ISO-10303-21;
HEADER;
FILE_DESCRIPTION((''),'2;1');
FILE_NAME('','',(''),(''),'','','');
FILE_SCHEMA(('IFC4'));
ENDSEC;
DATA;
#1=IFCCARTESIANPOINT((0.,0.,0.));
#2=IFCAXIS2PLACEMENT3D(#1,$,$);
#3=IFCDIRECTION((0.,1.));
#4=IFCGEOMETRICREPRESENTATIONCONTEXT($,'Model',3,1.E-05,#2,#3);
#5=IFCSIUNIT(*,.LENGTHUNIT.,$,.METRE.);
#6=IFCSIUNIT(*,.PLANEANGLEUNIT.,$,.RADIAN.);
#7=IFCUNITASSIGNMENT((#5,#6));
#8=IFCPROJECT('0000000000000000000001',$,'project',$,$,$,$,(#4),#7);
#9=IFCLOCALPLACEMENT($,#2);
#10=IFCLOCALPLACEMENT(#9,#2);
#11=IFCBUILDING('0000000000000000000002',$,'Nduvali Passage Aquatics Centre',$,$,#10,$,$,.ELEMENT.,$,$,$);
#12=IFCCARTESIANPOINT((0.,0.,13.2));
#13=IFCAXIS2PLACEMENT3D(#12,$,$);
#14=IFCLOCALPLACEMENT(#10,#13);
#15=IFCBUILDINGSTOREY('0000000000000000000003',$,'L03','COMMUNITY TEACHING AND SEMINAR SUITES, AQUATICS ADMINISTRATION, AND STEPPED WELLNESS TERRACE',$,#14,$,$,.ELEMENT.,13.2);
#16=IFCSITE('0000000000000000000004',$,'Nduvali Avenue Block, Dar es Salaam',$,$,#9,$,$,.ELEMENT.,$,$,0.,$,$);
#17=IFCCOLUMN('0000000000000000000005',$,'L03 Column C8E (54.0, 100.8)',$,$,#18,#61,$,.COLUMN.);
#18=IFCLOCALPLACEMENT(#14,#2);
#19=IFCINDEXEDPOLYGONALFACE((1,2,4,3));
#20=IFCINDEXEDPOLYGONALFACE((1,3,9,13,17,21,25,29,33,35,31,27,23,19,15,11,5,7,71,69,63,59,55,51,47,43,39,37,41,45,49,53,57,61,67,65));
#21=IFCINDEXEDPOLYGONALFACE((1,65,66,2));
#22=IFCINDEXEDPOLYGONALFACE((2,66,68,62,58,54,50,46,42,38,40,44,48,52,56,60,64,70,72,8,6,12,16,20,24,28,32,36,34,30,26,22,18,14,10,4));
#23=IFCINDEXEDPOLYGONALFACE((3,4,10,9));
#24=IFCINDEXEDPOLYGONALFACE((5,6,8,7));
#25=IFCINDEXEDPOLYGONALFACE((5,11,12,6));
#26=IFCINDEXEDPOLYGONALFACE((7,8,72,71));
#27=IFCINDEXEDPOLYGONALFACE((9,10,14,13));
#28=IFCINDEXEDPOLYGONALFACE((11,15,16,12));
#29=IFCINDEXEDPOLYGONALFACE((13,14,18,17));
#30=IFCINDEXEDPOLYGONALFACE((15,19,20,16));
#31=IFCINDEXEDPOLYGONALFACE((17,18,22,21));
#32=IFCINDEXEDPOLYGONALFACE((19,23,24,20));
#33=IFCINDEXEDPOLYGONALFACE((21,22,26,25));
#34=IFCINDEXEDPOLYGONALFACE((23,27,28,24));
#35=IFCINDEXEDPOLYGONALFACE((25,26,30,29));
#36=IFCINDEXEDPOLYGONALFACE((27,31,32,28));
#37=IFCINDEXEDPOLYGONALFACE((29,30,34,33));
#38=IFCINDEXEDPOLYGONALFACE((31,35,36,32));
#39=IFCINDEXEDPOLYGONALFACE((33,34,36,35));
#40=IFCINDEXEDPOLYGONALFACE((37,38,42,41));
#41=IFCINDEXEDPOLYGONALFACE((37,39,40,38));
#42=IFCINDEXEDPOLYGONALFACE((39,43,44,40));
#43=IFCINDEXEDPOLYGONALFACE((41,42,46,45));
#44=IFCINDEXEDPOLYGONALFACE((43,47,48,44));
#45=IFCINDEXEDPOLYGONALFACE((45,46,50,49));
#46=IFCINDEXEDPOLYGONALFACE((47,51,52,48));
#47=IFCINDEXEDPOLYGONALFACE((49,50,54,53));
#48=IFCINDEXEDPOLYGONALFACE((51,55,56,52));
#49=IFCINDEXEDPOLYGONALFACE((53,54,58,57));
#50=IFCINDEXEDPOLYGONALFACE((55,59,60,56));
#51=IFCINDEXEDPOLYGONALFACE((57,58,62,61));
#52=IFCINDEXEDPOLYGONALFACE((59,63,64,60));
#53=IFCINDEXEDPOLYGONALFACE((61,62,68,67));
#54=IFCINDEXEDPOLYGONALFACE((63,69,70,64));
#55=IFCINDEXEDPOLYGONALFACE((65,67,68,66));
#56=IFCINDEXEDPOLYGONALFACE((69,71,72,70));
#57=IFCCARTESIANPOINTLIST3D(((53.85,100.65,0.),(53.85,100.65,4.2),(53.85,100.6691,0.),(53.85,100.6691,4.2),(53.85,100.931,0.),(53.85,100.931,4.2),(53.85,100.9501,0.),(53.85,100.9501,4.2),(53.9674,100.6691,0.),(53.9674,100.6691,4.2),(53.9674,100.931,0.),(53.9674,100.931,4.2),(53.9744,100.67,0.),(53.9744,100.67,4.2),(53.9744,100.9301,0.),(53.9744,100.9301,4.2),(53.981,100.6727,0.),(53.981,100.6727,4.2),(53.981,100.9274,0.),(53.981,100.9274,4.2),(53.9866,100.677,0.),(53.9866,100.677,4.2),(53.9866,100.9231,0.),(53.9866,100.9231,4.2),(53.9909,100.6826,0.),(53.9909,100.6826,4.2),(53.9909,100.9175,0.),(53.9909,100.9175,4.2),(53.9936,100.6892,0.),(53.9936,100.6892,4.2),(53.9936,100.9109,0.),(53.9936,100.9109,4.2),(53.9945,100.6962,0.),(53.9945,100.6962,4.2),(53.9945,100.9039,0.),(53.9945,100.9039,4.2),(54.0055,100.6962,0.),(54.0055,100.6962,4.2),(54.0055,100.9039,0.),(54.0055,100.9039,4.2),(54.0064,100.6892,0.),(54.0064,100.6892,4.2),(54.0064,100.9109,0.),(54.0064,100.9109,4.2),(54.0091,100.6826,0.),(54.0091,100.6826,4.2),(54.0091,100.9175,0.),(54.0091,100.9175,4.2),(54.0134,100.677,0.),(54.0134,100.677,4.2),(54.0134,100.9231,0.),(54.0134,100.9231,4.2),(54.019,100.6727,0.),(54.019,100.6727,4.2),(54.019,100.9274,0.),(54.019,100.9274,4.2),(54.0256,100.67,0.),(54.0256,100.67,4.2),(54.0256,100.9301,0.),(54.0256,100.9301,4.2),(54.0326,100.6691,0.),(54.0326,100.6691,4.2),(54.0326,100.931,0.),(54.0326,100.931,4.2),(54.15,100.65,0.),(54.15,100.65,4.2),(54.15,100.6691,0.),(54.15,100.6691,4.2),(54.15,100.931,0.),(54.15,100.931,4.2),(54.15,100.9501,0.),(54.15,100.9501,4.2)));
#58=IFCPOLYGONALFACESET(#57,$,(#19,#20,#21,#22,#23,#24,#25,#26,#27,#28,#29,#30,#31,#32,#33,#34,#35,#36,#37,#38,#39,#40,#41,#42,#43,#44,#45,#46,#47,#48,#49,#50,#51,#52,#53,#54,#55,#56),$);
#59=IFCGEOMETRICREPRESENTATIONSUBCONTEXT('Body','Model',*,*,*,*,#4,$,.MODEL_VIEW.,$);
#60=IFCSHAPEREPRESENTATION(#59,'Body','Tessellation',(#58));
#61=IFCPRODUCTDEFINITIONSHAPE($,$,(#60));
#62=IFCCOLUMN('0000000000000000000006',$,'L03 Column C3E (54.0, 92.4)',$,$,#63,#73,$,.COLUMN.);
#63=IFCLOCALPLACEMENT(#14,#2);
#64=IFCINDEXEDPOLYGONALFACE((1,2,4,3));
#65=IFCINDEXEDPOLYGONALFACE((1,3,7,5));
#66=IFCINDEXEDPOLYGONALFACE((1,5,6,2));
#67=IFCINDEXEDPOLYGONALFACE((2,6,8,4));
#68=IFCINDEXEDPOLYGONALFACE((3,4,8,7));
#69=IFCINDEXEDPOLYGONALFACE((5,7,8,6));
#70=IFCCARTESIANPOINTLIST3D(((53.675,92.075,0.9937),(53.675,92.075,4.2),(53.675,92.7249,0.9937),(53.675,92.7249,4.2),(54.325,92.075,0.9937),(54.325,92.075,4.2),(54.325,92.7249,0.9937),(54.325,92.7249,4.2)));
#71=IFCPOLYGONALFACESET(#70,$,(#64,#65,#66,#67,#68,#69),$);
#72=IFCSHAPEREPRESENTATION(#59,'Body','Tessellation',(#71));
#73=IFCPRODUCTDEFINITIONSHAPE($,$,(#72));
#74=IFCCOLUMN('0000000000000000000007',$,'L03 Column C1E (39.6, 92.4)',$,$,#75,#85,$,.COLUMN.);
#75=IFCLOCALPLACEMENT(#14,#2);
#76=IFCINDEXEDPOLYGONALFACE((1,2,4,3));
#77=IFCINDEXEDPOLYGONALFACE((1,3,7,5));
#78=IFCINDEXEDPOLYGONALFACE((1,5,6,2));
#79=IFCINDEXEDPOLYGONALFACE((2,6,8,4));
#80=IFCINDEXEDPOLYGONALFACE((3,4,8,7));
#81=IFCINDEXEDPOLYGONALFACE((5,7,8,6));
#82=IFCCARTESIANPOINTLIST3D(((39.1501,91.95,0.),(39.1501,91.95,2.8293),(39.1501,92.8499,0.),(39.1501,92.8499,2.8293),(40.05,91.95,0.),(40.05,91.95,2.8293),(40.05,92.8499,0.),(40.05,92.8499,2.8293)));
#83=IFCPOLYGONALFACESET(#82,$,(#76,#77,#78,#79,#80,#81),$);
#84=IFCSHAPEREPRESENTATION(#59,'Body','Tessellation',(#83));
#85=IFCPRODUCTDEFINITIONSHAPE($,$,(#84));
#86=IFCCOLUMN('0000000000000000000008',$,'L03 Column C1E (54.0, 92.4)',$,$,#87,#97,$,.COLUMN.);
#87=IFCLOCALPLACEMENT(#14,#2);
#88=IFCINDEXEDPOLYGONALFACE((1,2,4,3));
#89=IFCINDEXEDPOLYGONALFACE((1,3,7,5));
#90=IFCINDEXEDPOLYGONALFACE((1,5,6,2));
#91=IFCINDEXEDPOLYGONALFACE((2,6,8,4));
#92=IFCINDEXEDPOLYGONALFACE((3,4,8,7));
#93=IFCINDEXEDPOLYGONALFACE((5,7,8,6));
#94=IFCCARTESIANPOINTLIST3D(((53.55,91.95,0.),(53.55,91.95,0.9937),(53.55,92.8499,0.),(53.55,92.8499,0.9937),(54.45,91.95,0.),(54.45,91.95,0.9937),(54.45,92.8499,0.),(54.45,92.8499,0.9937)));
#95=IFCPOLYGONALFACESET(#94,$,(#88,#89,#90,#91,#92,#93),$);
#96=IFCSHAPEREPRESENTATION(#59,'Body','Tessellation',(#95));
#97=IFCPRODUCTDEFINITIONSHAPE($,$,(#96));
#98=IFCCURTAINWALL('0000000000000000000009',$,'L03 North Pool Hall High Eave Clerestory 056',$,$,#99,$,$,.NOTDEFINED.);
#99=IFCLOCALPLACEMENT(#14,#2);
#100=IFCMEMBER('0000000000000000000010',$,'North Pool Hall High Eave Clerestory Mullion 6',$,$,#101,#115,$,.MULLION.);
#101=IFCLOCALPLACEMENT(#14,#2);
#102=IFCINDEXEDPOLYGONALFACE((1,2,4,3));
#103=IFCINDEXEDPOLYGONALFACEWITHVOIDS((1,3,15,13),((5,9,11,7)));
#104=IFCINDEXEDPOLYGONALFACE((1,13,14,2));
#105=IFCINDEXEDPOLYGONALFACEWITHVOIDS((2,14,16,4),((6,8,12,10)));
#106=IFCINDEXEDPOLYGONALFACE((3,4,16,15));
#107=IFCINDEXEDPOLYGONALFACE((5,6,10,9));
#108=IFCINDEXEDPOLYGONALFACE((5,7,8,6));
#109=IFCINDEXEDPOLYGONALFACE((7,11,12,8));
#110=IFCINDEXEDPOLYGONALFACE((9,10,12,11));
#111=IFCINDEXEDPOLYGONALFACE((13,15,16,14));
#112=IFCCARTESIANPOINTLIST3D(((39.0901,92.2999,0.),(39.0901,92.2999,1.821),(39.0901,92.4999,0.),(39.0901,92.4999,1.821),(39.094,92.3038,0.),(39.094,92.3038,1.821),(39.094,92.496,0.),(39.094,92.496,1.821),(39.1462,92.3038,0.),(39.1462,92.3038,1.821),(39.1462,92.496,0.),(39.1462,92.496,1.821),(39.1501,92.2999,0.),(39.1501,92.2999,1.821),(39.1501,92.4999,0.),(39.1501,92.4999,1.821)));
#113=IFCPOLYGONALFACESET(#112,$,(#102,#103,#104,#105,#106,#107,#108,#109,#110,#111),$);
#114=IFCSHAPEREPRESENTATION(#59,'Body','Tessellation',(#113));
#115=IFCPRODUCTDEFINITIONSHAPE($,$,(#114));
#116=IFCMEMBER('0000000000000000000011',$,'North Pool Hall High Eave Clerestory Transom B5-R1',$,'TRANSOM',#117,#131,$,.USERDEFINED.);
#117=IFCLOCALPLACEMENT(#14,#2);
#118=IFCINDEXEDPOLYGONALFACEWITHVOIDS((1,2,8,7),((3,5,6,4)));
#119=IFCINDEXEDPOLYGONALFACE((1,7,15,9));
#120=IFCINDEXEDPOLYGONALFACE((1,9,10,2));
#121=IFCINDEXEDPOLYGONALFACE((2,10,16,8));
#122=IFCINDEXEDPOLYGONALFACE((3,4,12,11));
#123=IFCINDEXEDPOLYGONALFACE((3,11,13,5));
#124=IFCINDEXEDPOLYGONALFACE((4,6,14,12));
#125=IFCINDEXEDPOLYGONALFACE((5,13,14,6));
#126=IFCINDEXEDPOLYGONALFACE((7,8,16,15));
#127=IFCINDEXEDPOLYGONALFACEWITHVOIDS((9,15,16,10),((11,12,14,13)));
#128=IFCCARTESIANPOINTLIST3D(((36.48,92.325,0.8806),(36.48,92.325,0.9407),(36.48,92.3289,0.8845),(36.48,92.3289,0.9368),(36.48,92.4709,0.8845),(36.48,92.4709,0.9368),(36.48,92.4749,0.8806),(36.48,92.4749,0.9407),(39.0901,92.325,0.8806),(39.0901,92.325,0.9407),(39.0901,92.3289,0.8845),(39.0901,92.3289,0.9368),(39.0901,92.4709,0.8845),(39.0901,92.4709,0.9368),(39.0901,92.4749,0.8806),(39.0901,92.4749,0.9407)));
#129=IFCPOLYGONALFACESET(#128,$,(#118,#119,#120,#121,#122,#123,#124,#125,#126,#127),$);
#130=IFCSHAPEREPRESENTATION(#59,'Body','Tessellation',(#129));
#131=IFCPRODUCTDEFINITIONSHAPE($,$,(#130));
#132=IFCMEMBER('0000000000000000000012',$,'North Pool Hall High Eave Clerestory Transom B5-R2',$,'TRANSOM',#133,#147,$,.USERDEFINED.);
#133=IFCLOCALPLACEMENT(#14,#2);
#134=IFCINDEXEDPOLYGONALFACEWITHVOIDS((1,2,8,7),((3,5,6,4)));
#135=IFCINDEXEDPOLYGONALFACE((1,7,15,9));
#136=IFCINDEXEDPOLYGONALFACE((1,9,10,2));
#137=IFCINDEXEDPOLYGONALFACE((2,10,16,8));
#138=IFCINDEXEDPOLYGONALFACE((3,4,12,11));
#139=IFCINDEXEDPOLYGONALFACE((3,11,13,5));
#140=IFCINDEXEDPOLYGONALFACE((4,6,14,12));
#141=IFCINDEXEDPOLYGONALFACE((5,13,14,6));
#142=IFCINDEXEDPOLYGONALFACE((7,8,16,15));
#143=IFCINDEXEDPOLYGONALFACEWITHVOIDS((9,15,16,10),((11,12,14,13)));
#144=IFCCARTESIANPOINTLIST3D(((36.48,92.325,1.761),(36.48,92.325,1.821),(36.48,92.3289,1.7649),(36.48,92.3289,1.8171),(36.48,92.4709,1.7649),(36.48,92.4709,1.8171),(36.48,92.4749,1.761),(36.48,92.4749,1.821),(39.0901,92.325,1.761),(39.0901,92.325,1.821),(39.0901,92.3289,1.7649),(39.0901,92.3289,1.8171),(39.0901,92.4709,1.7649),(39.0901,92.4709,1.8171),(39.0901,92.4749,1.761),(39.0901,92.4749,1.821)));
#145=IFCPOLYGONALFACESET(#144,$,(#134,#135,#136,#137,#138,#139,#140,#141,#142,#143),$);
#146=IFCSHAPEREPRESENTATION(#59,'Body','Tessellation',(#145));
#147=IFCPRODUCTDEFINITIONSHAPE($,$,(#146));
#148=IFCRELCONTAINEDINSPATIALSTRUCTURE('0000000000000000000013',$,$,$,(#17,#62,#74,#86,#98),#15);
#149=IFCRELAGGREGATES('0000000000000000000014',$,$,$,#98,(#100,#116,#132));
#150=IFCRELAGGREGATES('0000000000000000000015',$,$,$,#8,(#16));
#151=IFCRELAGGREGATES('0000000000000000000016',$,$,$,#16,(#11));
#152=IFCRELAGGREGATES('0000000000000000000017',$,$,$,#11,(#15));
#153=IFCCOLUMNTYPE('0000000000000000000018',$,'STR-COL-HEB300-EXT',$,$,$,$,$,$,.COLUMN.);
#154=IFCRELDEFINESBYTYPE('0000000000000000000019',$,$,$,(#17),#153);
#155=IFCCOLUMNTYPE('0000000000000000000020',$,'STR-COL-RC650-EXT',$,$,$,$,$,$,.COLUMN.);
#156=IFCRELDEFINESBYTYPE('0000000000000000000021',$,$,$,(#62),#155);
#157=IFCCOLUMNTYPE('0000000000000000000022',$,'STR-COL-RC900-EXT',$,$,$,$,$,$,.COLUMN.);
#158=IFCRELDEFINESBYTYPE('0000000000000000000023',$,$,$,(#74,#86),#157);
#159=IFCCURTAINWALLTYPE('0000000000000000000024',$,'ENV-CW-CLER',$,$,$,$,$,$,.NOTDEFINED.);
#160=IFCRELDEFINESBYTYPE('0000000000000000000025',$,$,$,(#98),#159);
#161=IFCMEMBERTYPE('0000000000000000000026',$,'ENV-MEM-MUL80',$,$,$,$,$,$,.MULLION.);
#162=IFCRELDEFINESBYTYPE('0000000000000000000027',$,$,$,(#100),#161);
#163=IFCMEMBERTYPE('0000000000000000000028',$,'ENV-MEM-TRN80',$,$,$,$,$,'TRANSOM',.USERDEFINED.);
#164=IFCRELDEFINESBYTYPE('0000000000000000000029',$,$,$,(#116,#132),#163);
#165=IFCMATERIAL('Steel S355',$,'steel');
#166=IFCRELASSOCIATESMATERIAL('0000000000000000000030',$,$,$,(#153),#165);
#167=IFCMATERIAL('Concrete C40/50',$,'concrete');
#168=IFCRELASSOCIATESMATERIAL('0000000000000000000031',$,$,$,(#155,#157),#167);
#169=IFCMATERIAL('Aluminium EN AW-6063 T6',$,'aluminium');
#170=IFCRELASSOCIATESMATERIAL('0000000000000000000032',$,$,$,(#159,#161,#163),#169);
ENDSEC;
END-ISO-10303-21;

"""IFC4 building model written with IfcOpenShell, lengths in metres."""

from ifc_helpers import new_model, si_unit, direction, frame, origin, origin_2d, place, context, subcontext, project, spatial, rectangle, hollow_rectangle, i_section, extrude, material, material_profile, profile_set, type_object, element, aggregate, save


model = new_model("IFC4")

# Units and contexts
model_context = context("Model", 3, precision=1e-05, world=origin(), true_north=direction((0.0, 1.0)))
body_context = subcontext(model_context, "Body", "Model", "MODEL_VIEW")
ifc_project = project(units=[si_unit("LENGTHUNIT", "METRE"), si_unit("PLANEANGLEUNIT", "RADIAN")], contexts=[model_context])

# Site, building, storey
site_placement = place(None, origin())
site = spatial("IfcSite", under=ifc_project, at=site_placement, Name="Nduvali Avenue Block, Dar es Salaam", CompositionType="ELEMENT", RefElevation=0.0)
building_placement = place(site_placement, origin())
building = spatial("IfcBuilding", under=site, at=building_placement, Name="Nduvali Passage Aquatics Centre", CompositionType="ELEMENT")
storey_placement = place(building_placement, frame((0.0, 0.0, 13.2)))
storey = spatial("IfcBuildingStorey", under=building, at=storey_placement, Name="L03", Description="COMMUNITY TEACHING AND SEMINAR SUITES, AQUATICS ADMINISTRATION, AND STEPPED WELLNESS TERRACE", CompositionType="ELEMENT", Elevation=13.2)

# Columns
ifc_material_1 = material(Name="Steel S355", Category="steel")
ifc_material_profile_1 = material_profile(ifc_material_1, i_section(OverallWidth=0.3, OverallDepth=0.3, WebThickness=0.011, FlangeThickness=0.019, FilletRadius=0.0271, at=origin_2d()), Name="HEB 300")
ifc_profile_set_1 = profile_set([ifc_material_profile_1], Name="Steel S355")
column_type_1 = type_object("IfcColumnType", Name="STR-COL-HEB300-EXT", PredefinedType="COLUMN", material=ifc_profile_set_1)
column_1_placement = place(storey_placement, frame((54.0, 100.8, 0.0), z_axis=(0.0, 0.0, 1.0), x_axis=(1.0, 0.0, 0.0)))
element("IfcColumn", 1, at=column_1_placement, inside=storey, type_object=column_type_1, Name="L03 Column C8E (54.0, 100.8)", PredefinedType="COLUMN", context=body_context, shape_type="SweptSolid", body=[
    extrude(i_section(OverallWidth=0.3, OverallDepth=0.3, WebThickness=0.011, FlangeThickness=0.019, FilletRadius=0.0271, at=origin_2d()), origin(), (0.0, 0.0, 1.0), 4.2),
])
ifc_material_2 = material(Name="Concrete C40/50", Category="concrete")
ifc_material_profile_2 = material_profile(ifc_material_2, rectangle(XDim=0.6499, YDim=0.6499, at=origin_2d()), Name="RC 650x650")
ifc_profile_set_2 = profile_set([ifc_material_profile_2], Name="Concrete C40/50")
column_type_2 = type_object("IfcColumnType", Name="STR-COL-RC650-EXT", PredefinedType="COLUMN", material=ifc_profile_set_2)
column_2_placement = place(storey_placement, frame((54.0, 92.3999, 0.9937), z_axis=(0.0, 0.0, 1.0), x_axis=(1.0, 0.0, 0.0)))
element("IfcColumn", 2, at=column_2_placement, inside=storey, type_object=column_type_2, Name="L03 Column C3E (54.0, 92.4)", PredefinedType="COLUMN", context=body_context, shape_type="SweptSolid", body=[
    extrude(rectangle(XDim=0.6499, YDim=0.6499, at=origin_2d()), origin(), (0.0, 0.0, 1.0), 3.2063),
])
ifc_material_profile_3 = material_profile(ifc_material_2, rectangle(XDim=0.8999, YDim=0.8999, at=origin_2d()), Name="RC 900x900")
ifc_profile_set_3 = profile_set([ifc_material_profile_3], Name="Concrete C40/50")
column_type_3 = type_object("IfcColumnType", Name="STR-COL-RC900-EXT", PredefinedType="COLUMN", material=ifc_profile_set_3)
column_3_placement = place(storey_placement, frame((39.6001, 92.3999, 0.0), z_axis=(0.0, 0.0, 1.0), x_axis=(1.0, 0.0, 0.0)))
element("IfcColumn", 3, at=column_3_placement, inside=storey, type_object=column_type_3, Name="L03 Column C1E (39.6, 92.4)", PredefinedType="COLUMN", context=body_context, shape_type="SweptSolid", body=[
    extrude(rectangle(XDim=0.8999, YDim=0.8999, at=origin_2d()), origin(), (0.0, 0.0, 1.0), 2.8293),
])
column_4_placement = place(storey_placement, frame((54.0, 92.3999, 0.0), z_axis=(0.0, 0.0, 1.0), x_axis=(1.0, 0.0, 0.0)))
element("IfcColumn", 4, at=column_4_placement, inside=storey, type_object=column_type_3, Name="L03 Column C1E (54.0, 92.4)", PredefinedType="COLUMN", context=body_context, shape_type="SweptSolid", body=[
    extrude(rectangle(XDim=0.8999, YDim=0.8999, at=origin_2d()), origin(), (0.0, 0.0, 1.0), 0.9937),
])

# Curtain wall, members
ifc_material_3 = material(Name="Aluminium EN AW-6063 T6", Category="aluminium")
curtain_wall_type = type_object("IfcCurtainWallType", Name="ENV-CW-CLER", PredefinedType="NOTDEFINED", material=ifc_material_3)
curtain_wall_placement = place(storey_placement, origin())
curtain_wall = element("IfcCurtainWall", 5, at=curtain_wall_placement, inside=storey, type_object=curtain_wall_type, Name="L03 North Pool Hall High Eave Clerestory 056", PredefinedType="NOTDEFINED")
ifc_material_profile_4 = material_profile(ifc_material_3, hollow_rectangle(XDim=0.0601, YDim=0.2, WallThickness=0.0039, at=origin_2d()), Name="ALU MULLION 60x200x4")
ifc_profile_set_4 = profile_set([ifc_material_profile_4], Name="Aluminium EN AW-6063 T6")
member_type_1 = type_object("IfcMemberType", Name="ENV-MEM-MUL80", PredefinedType="MULLION", material=ifc_profile_set_4)
member_1_placement = place(storey_placement, frame((39.1201, 92.3999, 0.0), z_axis=(0.0, 0.0, 1.0), x_axis=(1.0, 0.0, 0.0)))
member_1 = element("IfcMember", 6, at=member_1_placement, type_object=member_type_1, Name="North Pool Hall High Eave Clerestory Mullion 6", PredefinedType="MULLION", context=body_context, shape_type="SweptSolid", body=[
    extrude(hollow_rectangle(XDim=0.0601, YDim=0.2, WallThickness=0.0039, at=origin_2d()), origin(), (0.0, 0.0, 1.0), 1.821),
])
ifc_material_profile_5 = material_profile(ifc_material_3, hollow_rectangle(XDim=0.1499, YDim=0.0601, WallThickness=0.0039, at=origin_2d()), Name="ALU TRANSOM 150x60x4")
ifc_profile_set_5 = profile_set([ifc_material_profile_5], Name="Aluminium EN AW-6063 T6")
member_type_2 = type_object("IfcMemberType", Name="ENV-MEM-TRN80", ElementType="TRANSOM", PredefinedType="USERDEFINED", material=ifc_profile_set_5)
member_2_placement = place(storey_placement, frame((36.48, 92.3999, 0.9106), z_axis=(1.0, 0.0, 0.0), x_axis=(0.0, 1.0, 0.0)))
member_2 = element("IfcMember", 7, at=member_2_placement, type_object=member_type_2, Name="North Pool Hall High Eave Clerestory Transom B5-R1", ObjectType="TRANSOM", PredefinedType="USERDEFINED", context=body_context, shape_type="SweptSolid", body=[
    extrude(hollow_rectangle(XDim=0.1499, YDim=0.0601, WallThickness=0.0039, at=origin_2d()), origin(), (0.0, 0.0, 1.0), 2.6101),
])
member_3_placement = place(storey_placement, frame((36.48, 92.3999, 1.791), z_axis=(1.0, 0.0, 0.0), x_axis=(0.0, 1.0, 0.0)))
member_3 = element("IfcMember", 8, at=member_3_placement, type_object=member_type_2, Name="North Pool Hall High Eave Clerestory Transom B5-R2", ObjectType="TRANSOM", PredefinedType="USERDEFINED", context=body_context, shape_type="SweptSolid", body=[
    extrude(hollow_rectangle(XDim=0.1499, YDim=0.0601, WallThickness=0.0039, at=origin_2d()), origin(), (0.0, 0.0, 1.0), 2.6101),
])

aggregate(curtain_wall, [member_1, member_2, member_3])

save(model, "model.ifc")
